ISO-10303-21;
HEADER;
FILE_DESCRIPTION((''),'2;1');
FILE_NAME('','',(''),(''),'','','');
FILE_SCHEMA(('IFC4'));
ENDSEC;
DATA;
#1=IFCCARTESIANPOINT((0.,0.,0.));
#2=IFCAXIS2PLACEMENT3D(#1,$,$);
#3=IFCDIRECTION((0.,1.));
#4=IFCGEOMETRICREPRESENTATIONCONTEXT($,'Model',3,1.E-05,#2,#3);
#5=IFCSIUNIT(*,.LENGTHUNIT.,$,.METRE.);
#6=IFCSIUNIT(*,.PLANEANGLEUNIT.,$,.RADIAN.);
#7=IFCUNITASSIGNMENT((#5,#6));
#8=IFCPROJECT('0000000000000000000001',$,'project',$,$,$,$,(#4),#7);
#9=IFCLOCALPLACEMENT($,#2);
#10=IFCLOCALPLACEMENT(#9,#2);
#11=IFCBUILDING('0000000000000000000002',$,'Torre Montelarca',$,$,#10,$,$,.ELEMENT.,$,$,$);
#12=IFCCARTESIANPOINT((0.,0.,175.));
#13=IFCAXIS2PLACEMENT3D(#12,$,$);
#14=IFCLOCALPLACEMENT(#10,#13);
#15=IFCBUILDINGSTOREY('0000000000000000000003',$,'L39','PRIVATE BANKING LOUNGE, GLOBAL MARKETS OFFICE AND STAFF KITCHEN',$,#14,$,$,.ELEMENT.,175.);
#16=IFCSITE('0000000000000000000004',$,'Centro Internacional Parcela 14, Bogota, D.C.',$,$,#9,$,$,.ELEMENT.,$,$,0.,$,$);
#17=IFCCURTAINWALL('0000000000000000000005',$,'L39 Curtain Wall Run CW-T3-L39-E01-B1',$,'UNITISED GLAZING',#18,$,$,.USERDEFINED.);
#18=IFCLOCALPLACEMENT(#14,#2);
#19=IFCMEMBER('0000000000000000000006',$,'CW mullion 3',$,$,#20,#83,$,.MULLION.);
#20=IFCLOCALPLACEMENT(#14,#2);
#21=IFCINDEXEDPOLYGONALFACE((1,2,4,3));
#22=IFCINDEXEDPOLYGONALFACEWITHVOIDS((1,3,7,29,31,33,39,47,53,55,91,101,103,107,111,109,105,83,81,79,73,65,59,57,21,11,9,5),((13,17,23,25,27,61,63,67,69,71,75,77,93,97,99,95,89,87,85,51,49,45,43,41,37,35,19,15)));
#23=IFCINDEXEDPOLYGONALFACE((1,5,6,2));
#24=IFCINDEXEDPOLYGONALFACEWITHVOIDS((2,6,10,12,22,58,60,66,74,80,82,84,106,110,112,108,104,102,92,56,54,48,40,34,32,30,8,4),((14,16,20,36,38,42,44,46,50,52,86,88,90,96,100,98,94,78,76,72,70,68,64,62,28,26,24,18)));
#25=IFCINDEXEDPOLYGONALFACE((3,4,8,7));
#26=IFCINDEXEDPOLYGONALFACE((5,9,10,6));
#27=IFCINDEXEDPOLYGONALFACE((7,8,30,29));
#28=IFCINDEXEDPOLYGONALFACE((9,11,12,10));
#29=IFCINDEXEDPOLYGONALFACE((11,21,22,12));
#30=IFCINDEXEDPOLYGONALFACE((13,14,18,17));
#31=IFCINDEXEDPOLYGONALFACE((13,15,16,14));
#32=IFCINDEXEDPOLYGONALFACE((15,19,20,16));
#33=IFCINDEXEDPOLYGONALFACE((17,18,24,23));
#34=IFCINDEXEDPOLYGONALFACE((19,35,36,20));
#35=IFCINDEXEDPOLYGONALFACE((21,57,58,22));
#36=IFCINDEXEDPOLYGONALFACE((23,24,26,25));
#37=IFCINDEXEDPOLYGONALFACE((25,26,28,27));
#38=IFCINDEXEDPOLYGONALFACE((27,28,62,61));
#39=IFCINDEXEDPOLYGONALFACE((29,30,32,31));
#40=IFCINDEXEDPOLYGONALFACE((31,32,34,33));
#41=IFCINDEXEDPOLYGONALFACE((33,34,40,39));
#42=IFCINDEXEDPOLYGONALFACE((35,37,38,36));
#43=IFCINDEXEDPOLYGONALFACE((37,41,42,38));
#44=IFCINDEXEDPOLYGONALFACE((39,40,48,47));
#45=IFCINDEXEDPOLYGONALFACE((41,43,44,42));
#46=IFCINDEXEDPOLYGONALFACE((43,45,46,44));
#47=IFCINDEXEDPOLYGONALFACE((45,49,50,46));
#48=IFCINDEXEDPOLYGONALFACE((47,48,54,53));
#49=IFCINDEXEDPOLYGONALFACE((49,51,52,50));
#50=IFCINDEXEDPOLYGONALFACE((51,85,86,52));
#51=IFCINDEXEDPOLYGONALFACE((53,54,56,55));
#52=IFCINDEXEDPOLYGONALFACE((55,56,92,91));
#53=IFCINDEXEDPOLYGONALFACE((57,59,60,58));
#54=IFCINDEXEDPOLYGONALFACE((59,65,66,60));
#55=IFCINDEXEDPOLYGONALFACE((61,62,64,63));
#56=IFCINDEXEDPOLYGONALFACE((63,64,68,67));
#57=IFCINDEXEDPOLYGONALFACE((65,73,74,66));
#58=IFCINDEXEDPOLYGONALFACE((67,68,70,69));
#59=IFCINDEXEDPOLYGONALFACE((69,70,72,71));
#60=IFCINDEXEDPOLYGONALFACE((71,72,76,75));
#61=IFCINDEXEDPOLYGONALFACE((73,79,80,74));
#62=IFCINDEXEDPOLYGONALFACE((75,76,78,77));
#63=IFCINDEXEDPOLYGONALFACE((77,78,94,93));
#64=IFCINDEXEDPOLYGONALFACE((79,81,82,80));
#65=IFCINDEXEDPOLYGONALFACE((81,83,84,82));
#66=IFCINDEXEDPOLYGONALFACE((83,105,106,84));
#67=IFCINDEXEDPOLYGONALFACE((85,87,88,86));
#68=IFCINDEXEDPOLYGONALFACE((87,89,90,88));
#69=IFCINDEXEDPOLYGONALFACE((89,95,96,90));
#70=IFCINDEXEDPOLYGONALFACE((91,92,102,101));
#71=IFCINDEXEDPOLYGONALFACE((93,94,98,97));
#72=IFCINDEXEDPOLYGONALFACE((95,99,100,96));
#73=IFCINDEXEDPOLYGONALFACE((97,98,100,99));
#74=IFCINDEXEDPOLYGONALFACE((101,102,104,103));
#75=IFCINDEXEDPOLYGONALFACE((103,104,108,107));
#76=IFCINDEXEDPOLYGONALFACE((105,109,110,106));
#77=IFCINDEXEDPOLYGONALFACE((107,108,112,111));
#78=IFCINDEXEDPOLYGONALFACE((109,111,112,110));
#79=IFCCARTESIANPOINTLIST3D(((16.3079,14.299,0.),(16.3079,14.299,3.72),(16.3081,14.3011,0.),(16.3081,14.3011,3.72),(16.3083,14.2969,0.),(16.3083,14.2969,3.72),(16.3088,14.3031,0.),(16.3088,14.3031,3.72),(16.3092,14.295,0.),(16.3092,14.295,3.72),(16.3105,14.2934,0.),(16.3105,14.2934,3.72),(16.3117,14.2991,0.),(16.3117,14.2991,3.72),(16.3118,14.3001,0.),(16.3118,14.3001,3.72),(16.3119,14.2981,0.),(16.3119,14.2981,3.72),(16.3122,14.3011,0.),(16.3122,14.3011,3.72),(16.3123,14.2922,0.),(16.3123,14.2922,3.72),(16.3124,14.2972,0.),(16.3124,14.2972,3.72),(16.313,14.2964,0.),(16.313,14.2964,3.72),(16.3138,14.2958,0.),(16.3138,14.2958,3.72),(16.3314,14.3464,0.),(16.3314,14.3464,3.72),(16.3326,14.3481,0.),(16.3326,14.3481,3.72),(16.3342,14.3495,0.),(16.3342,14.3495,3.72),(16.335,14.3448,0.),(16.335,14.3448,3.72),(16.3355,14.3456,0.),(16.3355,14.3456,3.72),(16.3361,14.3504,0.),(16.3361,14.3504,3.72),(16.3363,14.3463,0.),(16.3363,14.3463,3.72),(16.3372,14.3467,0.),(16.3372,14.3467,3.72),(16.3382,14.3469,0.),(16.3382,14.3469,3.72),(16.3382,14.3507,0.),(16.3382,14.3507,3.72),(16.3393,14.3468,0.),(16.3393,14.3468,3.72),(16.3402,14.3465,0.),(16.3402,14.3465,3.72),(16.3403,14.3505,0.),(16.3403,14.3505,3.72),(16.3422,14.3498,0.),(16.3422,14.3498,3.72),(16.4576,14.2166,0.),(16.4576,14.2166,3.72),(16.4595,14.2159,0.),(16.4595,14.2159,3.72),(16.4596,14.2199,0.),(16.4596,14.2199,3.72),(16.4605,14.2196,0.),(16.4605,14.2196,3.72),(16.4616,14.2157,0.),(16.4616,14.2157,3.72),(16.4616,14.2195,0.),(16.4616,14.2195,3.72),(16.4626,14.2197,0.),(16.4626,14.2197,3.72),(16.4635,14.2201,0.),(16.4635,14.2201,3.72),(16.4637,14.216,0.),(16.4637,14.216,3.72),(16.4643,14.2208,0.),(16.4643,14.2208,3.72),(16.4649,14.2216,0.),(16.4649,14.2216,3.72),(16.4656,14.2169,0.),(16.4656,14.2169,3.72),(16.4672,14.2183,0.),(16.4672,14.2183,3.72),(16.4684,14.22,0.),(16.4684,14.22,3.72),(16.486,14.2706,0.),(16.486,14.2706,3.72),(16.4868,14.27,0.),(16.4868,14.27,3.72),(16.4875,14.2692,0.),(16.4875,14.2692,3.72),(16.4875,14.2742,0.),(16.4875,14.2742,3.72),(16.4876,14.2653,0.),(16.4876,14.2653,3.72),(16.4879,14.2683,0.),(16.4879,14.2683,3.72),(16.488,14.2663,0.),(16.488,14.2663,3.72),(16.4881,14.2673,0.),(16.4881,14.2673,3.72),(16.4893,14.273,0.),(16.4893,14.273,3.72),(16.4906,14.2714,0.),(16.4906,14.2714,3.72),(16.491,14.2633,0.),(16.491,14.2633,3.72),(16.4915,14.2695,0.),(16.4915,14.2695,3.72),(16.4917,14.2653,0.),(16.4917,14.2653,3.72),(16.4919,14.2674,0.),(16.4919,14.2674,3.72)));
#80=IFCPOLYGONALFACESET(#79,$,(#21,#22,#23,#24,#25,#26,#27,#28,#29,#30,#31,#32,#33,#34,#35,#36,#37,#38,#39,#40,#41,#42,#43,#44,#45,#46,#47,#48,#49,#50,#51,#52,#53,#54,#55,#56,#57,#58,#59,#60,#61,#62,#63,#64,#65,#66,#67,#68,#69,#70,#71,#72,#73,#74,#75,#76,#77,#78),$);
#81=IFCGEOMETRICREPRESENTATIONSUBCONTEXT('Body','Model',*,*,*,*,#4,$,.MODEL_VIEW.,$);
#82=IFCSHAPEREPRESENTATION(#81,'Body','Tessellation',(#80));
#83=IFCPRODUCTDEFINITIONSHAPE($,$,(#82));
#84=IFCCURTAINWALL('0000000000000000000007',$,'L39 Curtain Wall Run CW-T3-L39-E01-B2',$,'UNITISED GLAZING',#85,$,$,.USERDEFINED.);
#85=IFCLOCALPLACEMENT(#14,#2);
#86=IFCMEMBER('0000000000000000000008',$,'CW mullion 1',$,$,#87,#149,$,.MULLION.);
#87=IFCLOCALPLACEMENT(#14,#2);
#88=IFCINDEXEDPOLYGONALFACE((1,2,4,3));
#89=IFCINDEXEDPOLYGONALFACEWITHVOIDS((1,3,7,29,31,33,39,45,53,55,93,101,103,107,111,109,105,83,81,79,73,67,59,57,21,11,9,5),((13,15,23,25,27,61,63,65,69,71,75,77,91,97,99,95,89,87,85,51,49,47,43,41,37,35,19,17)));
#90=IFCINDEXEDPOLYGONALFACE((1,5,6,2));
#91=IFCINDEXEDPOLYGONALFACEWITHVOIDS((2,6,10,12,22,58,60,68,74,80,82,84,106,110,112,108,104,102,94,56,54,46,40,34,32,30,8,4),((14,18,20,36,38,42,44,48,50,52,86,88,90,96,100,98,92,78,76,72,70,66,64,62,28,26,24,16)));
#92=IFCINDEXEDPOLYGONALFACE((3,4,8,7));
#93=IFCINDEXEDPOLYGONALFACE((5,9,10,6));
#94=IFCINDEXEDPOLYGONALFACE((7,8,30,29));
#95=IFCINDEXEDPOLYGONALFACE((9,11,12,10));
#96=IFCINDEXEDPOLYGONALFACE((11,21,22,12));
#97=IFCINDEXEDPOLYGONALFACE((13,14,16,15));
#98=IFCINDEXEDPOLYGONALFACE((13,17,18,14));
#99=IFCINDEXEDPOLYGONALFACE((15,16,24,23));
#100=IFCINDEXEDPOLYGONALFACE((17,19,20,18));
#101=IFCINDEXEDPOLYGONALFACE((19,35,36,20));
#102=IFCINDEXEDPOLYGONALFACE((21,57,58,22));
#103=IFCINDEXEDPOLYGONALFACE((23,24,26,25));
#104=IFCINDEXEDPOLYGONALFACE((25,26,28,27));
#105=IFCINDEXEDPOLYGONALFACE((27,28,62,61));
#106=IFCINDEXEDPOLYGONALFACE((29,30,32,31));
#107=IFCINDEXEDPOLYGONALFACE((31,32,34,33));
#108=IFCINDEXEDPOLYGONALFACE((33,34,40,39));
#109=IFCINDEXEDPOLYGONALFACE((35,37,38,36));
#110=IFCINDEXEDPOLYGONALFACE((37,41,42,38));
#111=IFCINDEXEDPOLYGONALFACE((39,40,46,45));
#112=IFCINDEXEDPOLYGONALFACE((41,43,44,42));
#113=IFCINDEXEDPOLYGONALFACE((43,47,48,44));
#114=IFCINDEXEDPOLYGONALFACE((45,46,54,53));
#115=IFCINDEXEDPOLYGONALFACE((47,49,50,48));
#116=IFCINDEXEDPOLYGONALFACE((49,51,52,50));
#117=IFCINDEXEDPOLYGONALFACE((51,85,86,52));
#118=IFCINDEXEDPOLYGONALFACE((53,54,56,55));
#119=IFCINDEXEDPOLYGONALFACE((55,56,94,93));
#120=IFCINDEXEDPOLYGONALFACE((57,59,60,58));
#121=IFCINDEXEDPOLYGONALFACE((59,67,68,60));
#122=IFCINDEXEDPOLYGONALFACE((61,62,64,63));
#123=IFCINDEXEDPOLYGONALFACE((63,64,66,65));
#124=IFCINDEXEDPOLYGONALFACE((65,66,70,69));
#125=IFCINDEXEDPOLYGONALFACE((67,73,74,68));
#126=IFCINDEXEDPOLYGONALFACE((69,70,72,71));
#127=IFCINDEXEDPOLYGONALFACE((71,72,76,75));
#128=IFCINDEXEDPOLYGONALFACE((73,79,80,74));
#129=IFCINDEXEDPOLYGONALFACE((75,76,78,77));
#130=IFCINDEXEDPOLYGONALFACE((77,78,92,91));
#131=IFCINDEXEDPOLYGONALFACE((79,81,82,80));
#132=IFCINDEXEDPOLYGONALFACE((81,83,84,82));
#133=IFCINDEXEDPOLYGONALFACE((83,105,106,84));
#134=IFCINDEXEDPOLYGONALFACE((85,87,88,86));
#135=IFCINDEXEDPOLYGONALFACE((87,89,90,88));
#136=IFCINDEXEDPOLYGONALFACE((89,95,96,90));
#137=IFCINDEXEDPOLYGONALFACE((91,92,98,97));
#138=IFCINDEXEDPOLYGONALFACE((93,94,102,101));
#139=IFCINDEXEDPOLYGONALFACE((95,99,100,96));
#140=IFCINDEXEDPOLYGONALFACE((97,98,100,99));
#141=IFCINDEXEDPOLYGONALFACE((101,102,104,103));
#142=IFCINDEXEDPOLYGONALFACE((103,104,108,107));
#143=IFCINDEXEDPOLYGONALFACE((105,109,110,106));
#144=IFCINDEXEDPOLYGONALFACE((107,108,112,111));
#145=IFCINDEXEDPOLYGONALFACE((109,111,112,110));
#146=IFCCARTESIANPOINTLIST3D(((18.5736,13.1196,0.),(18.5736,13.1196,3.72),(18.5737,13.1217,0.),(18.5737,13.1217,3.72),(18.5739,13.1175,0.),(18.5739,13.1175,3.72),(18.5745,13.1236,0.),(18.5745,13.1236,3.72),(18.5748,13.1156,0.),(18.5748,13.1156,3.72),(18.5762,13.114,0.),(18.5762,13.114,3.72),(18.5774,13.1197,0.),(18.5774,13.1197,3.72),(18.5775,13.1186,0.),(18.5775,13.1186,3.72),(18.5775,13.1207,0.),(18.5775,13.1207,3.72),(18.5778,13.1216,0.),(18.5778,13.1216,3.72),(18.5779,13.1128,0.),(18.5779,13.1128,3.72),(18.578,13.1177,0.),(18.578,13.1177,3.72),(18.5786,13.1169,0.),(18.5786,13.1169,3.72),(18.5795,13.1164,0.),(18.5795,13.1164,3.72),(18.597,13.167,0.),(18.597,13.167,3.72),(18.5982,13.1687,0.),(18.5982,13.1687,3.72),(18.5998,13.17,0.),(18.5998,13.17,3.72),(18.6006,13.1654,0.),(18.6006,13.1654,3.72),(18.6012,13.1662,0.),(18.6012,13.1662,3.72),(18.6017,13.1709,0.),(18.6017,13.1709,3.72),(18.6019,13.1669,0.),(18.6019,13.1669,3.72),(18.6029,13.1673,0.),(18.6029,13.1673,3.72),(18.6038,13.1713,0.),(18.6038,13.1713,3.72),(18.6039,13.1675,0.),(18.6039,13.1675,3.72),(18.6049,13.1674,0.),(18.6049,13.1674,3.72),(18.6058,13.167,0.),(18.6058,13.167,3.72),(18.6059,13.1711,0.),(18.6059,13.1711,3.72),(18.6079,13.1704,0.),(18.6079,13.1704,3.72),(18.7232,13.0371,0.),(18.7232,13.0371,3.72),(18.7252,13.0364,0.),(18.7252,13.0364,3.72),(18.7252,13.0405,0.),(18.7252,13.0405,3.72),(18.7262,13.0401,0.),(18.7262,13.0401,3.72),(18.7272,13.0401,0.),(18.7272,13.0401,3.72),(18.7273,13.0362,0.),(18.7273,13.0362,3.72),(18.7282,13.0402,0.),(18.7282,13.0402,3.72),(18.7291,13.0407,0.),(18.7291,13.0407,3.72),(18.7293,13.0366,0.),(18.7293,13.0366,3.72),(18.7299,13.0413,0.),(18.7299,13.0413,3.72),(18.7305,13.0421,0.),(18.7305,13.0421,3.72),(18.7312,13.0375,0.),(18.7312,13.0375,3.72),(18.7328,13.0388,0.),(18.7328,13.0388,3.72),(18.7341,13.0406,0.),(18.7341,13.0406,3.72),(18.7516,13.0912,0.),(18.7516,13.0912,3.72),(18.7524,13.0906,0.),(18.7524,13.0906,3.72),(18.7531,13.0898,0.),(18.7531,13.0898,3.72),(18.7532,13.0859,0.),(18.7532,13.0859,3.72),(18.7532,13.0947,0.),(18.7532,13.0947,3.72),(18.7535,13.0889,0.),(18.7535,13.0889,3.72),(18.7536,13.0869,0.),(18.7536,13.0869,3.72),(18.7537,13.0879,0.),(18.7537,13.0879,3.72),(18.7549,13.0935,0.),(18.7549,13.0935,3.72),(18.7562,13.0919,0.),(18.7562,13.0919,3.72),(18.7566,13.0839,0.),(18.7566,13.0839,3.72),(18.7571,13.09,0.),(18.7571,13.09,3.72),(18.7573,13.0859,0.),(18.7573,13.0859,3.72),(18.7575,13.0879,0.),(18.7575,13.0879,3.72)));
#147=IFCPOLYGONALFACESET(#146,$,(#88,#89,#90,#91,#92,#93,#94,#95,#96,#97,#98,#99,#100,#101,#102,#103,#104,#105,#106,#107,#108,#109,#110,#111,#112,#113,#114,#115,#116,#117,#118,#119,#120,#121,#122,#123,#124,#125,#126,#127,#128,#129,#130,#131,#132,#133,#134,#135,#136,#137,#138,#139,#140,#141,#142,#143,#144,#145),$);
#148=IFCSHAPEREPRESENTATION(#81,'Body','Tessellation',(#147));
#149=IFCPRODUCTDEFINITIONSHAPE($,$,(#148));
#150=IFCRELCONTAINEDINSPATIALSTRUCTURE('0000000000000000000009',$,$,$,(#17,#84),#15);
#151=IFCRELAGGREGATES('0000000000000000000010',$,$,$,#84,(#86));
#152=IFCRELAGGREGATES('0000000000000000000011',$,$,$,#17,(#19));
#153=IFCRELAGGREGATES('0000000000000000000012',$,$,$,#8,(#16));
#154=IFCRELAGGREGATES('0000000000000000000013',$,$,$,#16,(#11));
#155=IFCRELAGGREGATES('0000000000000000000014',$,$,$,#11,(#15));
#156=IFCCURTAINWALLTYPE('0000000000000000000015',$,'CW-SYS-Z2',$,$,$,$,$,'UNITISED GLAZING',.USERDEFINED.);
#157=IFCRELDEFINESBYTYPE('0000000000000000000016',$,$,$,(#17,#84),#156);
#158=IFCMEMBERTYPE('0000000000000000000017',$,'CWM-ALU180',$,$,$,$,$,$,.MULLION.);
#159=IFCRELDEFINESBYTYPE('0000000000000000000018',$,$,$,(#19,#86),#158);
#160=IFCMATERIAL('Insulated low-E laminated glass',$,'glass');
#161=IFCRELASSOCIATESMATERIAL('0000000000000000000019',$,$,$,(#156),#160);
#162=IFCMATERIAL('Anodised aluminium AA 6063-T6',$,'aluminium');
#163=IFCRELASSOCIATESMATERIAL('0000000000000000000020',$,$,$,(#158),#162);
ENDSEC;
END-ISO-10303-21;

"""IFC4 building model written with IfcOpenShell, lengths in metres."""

from ifc_helpers import new_model, si_unit, direction, frame, origin, origin_2d, place, context, subcontext, project, spatial, hollow_rectangle, extrude, source, transform, mapped, material, material_profile, profile_set, type_object, element, aggregate, save


model = new_model("IFC4")

# Units and contexts
model_context = context("Model", 3, precision=1e-05, world=origin(), true_north=direction((0.0, 1.0)))
body_context = subcontext(model_context, "Body", "Model", "MODEL_VIEW")
ifc_project = project(units=[si_unit("LENGTHUNIT", "METRE"), si_unit("PLANEANGLEUNIT", "RADIAN")], contexts=[model_context])

# Site, building, storey
site_placement = place(None, origin())
site = spatial("IfcSite", under=ifc_project, at=site_placement, Name="Centro Internacional Parcela 14, Bogota, D.C.", CompositionType="ELEMENT", RefElevation=0.0)
building_placement = place(site_placement, origin())
building = spatial("IfcBuilding", under=site, at=building_placement, Name="Torre Montelarca", CompositionType="ELEMENT")
storey_placement = place(building_placement, frame((0.0, 0.0, 175.0)))
storey = spatial("IfcBuildingStorey", under=building, at=storey_placement, Name="L39", Description="PRIVATE BANKING LOUNGE, GLOBAL MARKETS OFFICE AND STAFF KITCHEN", CompositionType="ELEMENT", Elevation=175.0)

# Curtain wall, member
ifc_material_1 = material(Name="Insulated low-E laminated glass", Category="glass")
curtain_wall_type = type_object("IfcCurtainWallType", Name="CW-SYS-Z2", ElementType="UNITISED GLAZING", PredefinedType="USERDEFINED", material=ifc_material_1)
curtain_wall_1_placement = place(storey_placement, origin())
curtain_wall_1 = element("IfcCurtainWall", 1, at=curtain_wall_1_placement, inside=storey, type_object=curtain_wall_type, Name="L39 Curtain Wall Run CW-T3-L39-E01-B1", ObjectType="UNITISED GLAZING", PredefinedType="USERDEFINED")
ifc_material_2 = material(Name="Anodised aluminium AA 6063-T6", Category="aluminium")
ifc_material_profile_1 = material_profile(ifc_material_2, hollow_rectangle(XDim=0.0649, YDim=0.1799, WallThickness=0.0039, InnerFilletRadius=0.0039, OuterFilletRadius=0.0081, at=origin_2d()), Name="ALU65X180X4", Category="aluminium")
ifc_profile_set_1 = profile_set([ifc_material_profile_1], Name="Anodised aluminium AA 6063-T6")
member_type_1 = type_object("IfcMemberType", Name="CWM-ALU180", PredefinedType="MULLION", material=ifc_profile_set_1)
shared_shape_1 = source(origin(), body_context, "Body", "SweptSolid", [
    extrude(hollow_rectangle(XDim=0.0649, YDim=0.1799, WallThickness=0.0039, InnerFilletRadius=0.0039, OuterFilletRadius=0.0081, at=origin_2d()), origin(), (0.0, 0.0, 1.0), 3.72),
])
member_1_placement = place(storey_placement, frame((16.3999, 14.2832, 0.0), z_axis=(0.0, 0.0, 1.0), x_axis=(0.461747, 0.887012, 0.0)))
member_1 = element("IfcMember", 2, at=member_1_placement, type_object=member_type_1, Name="CW mullion 3", PredefinedType="MULLION", context=body_context, shape_type="MappedRepresentation", body=[
    mapped(shared_shape_1, transform((0.0, 0.0, 0.0), scale=1.0)),
])

# Curtain wall, member
curtain_wall_2_placement = place(storey_placement, origin())
curtain_wall_2 = element("IfcCurtainWall", 3, at=curtain_wall_2_placement, inside=storey, type_object=curtain_wall_type, Name="L39 Curtain Wall Run CW-T3-L39-E01-B2", ObjectType="UNITISED GLAZING", PredefinedType="USERDEFINED")
member_2_placement = place(storey_placement, frame((18.6655, 13.1038, 0.0), z_axis=(0.0, 0.0, 1.0), x_axis=(0.461747, 0.887012, 0.0)))
member_2 = element("IfcMember", 4, at=member_2_placement, type_object=member_type_1, Name="CW mullion 1", PredefinedType="MULLION", context=body_context, shape_type="MappedRepresentation", body=[
    mapped(shared_shape_1, transform((0.0, 0.0, 0.0), scale=1.0)),
])

aggregate(curtain_wall_2, [member_2])

aggregate(curtain_wall_1, [member_1])

save(model, "model.ifc")
